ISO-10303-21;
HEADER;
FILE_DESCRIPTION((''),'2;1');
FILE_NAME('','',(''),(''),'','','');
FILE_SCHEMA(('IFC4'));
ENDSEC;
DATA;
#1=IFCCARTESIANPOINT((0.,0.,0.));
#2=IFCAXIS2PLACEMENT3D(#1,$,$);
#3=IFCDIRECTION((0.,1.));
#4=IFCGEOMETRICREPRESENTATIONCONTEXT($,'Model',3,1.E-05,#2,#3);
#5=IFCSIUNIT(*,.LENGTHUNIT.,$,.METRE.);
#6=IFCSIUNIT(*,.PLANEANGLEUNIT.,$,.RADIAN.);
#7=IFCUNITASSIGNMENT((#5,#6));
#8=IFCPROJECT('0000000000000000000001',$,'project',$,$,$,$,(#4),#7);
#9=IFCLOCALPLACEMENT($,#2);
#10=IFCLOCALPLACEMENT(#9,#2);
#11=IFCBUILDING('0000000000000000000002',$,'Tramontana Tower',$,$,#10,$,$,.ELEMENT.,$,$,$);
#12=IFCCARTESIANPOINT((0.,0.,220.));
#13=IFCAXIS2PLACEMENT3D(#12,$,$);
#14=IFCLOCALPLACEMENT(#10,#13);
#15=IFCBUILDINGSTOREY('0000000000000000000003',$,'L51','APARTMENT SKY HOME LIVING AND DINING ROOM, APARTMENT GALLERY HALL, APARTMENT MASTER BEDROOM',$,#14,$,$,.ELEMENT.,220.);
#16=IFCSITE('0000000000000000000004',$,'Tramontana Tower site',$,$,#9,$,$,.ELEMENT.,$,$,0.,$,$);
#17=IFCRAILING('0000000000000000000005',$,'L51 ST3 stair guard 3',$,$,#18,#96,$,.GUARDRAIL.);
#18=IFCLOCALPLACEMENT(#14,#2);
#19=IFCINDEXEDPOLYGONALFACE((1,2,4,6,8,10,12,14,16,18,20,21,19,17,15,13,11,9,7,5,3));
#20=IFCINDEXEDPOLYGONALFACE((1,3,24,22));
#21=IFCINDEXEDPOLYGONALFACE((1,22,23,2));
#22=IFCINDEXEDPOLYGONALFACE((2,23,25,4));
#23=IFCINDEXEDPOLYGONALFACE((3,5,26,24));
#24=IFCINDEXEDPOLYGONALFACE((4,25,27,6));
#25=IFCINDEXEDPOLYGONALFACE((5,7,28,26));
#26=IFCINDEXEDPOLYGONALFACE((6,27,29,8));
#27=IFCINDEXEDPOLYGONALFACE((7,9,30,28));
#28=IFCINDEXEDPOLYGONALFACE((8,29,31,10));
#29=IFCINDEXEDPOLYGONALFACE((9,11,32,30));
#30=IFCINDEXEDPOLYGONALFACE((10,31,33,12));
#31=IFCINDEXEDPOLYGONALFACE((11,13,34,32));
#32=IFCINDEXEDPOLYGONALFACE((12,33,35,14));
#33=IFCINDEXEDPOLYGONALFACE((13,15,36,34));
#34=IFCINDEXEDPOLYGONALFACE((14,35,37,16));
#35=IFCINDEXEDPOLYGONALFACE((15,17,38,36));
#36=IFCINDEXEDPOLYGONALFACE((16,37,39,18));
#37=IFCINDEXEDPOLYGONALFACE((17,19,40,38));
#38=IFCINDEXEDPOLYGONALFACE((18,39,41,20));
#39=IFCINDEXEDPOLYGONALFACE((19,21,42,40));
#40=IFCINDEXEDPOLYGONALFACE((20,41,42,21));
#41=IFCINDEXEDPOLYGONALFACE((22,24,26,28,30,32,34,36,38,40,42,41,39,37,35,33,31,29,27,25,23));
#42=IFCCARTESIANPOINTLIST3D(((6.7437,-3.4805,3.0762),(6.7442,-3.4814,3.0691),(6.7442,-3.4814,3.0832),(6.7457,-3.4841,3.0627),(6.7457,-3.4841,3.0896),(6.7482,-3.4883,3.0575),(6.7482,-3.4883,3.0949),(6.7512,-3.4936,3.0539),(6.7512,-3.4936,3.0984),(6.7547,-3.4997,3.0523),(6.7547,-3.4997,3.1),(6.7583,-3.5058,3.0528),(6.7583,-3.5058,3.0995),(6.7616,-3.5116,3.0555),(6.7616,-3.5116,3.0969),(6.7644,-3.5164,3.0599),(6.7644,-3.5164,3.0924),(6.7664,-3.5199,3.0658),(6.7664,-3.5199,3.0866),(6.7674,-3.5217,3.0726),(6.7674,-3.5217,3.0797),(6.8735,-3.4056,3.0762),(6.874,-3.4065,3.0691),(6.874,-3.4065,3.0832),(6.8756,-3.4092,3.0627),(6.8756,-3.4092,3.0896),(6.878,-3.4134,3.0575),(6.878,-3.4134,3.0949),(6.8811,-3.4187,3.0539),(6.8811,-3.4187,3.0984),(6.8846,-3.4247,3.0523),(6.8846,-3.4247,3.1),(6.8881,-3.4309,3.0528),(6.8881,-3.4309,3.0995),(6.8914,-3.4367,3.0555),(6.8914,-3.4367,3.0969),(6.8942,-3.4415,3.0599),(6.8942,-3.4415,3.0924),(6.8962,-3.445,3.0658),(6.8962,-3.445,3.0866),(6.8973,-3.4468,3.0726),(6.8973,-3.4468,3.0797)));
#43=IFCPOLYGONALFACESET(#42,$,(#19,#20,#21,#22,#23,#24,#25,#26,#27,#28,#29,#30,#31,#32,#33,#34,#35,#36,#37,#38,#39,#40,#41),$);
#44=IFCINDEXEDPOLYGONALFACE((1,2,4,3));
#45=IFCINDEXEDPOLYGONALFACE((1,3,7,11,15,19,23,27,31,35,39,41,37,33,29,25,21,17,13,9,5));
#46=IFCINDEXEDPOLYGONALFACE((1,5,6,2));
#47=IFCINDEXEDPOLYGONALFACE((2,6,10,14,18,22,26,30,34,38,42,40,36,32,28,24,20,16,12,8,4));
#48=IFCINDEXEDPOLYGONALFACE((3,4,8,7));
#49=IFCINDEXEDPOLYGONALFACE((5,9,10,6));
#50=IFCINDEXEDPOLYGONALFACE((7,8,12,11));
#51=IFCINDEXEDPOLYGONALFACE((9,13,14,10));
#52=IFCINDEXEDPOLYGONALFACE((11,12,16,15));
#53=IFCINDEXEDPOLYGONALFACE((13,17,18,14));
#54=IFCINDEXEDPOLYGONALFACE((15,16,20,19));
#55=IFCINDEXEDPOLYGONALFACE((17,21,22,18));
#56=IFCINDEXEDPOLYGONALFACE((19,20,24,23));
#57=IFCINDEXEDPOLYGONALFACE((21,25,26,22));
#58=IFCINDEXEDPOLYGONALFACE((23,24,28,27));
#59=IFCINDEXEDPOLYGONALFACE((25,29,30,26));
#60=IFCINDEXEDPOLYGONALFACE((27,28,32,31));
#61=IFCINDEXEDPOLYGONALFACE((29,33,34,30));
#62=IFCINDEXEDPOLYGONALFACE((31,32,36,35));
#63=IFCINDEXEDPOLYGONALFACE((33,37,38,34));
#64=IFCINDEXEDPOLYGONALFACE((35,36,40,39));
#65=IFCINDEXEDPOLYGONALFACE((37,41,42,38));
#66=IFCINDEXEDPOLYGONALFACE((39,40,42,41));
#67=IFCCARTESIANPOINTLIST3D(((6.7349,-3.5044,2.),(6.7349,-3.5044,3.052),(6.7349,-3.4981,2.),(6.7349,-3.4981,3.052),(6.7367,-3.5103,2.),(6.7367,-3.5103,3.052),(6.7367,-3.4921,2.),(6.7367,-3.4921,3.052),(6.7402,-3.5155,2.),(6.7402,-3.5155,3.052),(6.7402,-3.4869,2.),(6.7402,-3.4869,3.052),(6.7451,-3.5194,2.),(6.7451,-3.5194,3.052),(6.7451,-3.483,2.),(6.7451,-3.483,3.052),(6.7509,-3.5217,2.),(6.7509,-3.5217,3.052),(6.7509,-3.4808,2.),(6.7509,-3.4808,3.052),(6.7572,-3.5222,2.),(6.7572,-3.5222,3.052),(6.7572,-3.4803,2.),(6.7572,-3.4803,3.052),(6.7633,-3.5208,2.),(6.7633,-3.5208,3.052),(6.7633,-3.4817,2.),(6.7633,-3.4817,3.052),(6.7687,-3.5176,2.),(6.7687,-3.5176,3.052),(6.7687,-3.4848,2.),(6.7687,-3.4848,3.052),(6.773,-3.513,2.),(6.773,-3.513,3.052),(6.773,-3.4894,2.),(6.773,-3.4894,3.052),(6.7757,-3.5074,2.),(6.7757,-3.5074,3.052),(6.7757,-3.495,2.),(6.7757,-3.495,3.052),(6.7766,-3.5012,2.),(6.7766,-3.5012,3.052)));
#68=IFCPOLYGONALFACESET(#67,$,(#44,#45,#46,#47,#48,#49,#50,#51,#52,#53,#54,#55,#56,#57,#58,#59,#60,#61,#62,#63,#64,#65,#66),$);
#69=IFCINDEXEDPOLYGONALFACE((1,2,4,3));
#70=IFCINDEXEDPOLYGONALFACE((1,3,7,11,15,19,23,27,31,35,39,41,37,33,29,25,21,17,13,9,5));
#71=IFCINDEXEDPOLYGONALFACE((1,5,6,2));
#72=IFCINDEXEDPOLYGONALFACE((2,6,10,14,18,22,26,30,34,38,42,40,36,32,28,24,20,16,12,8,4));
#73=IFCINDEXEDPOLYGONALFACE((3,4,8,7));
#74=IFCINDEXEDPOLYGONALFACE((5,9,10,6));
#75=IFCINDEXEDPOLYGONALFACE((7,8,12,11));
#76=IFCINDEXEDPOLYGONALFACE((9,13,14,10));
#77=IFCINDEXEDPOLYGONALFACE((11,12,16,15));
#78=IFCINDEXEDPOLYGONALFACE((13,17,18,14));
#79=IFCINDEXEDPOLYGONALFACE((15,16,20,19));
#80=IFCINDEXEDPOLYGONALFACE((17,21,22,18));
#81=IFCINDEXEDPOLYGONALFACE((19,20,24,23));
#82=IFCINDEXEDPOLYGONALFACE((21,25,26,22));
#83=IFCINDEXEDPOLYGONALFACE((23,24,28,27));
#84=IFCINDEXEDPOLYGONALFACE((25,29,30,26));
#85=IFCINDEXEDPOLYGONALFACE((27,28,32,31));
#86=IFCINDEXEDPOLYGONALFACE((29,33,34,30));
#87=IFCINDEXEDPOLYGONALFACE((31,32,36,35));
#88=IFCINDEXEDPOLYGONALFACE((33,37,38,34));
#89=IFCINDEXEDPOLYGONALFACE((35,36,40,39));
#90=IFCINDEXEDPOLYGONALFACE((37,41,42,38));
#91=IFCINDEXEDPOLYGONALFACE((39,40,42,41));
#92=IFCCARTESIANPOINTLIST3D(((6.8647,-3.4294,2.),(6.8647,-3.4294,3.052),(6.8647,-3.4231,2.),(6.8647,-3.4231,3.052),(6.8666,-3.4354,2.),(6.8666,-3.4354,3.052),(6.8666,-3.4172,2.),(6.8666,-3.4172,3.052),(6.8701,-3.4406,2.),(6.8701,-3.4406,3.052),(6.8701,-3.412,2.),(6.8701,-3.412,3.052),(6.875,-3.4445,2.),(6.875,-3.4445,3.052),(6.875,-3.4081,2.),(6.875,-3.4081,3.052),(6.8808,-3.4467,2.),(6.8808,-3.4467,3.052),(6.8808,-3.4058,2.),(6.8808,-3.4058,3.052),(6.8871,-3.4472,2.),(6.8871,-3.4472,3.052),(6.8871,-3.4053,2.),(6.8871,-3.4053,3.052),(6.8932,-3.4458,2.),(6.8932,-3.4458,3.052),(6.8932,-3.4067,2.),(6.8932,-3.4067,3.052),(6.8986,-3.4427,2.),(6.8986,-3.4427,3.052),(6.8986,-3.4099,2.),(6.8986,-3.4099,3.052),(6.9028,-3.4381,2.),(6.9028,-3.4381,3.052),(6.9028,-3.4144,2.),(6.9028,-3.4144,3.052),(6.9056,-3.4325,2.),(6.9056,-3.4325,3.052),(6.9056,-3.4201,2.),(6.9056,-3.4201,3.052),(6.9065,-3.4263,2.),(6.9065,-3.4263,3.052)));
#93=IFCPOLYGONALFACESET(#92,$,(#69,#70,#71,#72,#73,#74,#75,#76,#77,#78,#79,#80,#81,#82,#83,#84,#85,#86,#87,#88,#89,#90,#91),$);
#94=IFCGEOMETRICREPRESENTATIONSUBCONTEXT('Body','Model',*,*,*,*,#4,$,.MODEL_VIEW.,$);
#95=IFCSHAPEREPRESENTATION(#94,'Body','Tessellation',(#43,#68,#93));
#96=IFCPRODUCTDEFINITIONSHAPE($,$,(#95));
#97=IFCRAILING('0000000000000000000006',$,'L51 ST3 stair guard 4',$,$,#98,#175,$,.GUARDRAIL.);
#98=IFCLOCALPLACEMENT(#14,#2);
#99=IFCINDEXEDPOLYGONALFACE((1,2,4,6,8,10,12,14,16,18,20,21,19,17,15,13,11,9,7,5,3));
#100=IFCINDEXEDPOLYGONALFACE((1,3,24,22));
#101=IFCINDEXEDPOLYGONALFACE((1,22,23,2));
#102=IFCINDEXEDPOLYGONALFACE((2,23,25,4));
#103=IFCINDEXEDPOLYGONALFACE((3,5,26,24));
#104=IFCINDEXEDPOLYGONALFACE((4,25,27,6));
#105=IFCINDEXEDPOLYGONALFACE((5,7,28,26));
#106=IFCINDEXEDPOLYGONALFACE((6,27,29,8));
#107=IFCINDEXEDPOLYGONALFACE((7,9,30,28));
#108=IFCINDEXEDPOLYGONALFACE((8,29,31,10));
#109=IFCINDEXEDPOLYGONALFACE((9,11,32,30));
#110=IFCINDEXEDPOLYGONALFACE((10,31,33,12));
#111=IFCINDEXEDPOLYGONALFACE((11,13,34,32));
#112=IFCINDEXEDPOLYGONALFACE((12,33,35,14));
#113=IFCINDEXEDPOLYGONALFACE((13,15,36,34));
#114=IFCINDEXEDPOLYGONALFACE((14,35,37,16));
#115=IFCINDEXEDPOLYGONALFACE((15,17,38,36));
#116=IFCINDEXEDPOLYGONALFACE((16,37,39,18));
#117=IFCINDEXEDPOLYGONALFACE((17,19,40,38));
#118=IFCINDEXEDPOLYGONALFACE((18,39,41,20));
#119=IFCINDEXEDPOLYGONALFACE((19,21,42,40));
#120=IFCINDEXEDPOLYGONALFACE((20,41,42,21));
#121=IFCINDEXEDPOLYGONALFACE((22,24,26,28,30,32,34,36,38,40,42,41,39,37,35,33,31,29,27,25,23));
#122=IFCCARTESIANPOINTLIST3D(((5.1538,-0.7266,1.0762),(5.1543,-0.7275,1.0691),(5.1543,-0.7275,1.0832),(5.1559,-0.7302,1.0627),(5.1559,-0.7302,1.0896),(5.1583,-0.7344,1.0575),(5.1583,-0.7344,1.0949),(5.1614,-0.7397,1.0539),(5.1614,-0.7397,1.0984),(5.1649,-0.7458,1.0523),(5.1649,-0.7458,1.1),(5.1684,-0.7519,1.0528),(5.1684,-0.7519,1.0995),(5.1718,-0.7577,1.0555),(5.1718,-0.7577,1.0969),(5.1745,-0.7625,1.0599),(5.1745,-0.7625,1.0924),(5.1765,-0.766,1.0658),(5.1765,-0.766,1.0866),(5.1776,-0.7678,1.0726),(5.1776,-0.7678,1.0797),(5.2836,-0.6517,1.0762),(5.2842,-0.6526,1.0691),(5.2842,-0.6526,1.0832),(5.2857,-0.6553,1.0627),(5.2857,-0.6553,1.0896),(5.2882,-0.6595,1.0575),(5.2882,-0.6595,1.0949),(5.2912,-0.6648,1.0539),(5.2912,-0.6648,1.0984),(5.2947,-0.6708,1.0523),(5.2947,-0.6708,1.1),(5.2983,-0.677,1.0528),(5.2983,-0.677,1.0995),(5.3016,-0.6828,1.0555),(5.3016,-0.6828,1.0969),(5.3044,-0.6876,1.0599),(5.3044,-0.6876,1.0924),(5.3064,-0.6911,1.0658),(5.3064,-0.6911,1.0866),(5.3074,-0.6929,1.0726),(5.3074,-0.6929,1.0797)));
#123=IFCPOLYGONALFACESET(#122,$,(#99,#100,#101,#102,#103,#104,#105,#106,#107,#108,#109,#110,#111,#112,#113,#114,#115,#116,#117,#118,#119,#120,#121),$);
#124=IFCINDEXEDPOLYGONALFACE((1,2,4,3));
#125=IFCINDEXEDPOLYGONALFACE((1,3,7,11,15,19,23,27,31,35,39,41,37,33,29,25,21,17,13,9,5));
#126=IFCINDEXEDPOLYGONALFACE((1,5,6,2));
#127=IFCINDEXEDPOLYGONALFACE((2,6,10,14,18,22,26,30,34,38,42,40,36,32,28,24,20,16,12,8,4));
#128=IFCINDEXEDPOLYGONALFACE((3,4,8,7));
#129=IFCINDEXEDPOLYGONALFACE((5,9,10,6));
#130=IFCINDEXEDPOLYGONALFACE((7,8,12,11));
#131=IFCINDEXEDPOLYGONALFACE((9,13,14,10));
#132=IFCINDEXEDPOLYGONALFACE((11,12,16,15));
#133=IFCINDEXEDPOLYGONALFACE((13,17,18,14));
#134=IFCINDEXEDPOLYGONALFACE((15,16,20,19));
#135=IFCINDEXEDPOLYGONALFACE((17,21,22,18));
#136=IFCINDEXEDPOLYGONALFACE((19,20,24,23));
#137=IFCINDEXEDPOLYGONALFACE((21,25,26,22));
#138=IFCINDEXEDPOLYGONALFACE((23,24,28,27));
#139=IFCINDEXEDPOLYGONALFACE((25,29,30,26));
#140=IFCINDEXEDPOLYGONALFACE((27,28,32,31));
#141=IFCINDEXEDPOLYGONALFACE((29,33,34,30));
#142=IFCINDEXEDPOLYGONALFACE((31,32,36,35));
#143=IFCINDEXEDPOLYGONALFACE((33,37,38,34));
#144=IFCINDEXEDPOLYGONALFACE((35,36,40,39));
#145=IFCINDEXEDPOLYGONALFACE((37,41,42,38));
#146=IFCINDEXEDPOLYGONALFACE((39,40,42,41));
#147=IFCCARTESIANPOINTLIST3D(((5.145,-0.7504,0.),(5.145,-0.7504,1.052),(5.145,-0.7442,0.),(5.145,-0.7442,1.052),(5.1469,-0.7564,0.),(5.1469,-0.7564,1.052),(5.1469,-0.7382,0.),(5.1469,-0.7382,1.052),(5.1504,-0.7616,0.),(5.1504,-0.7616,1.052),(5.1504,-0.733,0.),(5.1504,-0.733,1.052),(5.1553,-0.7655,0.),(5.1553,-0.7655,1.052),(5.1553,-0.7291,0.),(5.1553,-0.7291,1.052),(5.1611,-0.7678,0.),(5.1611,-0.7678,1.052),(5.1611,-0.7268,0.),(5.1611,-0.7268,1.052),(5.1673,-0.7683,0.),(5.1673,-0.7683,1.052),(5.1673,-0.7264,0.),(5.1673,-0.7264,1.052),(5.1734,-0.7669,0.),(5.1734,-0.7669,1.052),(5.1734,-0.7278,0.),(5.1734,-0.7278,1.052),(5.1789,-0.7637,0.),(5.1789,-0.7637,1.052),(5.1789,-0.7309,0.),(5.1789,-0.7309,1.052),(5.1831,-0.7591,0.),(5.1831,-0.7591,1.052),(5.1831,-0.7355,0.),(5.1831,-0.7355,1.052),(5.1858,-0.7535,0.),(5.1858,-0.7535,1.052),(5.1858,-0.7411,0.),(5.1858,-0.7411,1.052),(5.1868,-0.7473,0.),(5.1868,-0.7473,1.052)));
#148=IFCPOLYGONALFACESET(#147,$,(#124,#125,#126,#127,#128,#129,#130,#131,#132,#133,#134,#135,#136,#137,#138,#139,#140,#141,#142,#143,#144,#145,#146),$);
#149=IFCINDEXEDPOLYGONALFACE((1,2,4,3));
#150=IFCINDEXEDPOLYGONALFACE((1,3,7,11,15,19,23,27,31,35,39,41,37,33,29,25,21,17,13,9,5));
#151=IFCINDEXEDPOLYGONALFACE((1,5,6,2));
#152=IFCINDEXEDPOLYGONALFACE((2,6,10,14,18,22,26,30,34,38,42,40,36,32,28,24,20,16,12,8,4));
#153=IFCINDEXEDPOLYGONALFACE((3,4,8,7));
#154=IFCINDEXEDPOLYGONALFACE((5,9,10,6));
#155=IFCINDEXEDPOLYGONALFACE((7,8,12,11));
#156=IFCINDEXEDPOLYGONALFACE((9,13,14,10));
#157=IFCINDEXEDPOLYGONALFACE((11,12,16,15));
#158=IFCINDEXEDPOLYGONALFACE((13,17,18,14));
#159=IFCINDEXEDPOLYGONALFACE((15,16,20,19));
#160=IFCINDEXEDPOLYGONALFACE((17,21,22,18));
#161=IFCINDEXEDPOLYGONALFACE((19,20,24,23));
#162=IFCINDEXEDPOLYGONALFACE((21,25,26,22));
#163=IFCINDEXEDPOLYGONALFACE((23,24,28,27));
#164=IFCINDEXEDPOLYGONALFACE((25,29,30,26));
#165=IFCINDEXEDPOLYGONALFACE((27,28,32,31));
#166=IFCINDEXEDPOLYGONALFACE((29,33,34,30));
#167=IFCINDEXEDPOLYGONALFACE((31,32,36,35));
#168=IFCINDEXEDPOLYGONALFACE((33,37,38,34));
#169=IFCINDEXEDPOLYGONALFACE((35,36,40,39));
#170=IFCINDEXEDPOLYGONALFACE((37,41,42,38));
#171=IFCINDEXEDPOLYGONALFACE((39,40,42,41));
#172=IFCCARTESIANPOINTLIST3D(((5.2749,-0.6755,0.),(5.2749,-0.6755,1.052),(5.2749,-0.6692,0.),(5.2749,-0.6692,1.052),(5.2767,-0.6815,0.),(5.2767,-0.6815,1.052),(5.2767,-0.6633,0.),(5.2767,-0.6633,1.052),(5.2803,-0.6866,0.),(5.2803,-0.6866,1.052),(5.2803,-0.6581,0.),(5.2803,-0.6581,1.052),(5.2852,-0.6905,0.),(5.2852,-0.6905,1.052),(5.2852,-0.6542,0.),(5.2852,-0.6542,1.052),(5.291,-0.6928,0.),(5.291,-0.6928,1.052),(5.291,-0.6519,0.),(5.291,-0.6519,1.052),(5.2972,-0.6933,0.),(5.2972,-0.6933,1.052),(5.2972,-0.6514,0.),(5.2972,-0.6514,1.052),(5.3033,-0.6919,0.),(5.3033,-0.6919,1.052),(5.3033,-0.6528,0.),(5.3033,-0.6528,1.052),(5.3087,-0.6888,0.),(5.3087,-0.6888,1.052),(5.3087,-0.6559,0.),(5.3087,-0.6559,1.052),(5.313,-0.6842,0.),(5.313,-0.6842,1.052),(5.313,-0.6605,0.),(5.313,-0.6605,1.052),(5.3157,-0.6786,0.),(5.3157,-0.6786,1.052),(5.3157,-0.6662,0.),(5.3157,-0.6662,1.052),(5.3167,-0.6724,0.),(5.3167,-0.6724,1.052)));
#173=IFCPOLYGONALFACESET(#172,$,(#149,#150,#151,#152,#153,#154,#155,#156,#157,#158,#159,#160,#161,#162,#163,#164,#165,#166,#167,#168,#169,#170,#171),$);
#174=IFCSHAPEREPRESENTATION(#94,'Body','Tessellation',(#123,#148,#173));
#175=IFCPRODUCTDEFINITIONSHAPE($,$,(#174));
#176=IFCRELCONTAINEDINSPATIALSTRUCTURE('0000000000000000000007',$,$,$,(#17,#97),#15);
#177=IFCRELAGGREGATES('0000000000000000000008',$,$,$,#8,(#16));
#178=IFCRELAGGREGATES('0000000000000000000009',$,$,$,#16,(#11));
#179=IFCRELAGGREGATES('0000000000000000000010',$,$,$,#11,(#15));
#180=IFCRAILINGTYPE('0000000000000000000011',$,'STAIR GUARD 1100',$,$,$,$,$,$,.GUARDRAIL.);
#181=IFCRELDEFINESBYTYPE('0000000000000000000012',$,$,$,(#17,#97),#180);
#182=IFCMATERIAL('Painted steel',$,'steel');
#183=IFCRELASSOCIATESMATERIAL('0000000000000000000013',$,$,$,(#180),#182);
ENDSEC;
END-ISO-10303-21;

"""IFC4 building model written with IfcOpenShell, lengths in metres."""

from ifc_helpers import new_model, si_unit, direction, frame, origin, origin_2d, place, context, subcontext, project, spatial, circle, extrude, material, type_object, element, save


model = new_model("IFC4")

# Units and contexts
model_context = context("Model", 3, precision=1e-05, world=origin(), true_north=direction((0.0, 1.0)))
body_context = subcontext(model_context, "Body", "Model", "MODEL_VIEW")
ifc_project = project(units=[si_unit("LENGTHUNIT", "METRE"), si_unit("PLANEANGLEUNIT", "RADIAN")], contexts=[model_context])

# Site, building, storey
site_placement = place(None, origin())
site = spatial("IfcSite", under=ifc_project, at=site_placement, Name="Tramontana Tower site", CompositionType="ELEMENT", RefElevation=0.0)
building_placement = place(site_placement, origin())
building = spatial("IfcBuilding", under=site, at=building_placement, Name="Tramontana Tower", CompositionType="ELEMENT")
storey_placement = place(building_placement, frame((0.0, 0.0, 220.0)))
storey = spatial("IfcBuildingStorey", under=building, at=storey_placement, Name="L51", Description="APARTMENT SKY HOME LIVING AND DINING ROOM, APARTMENT GALLERY HALL, APARTMENT MASTER BEDROOM", CompositionType="ELEMENT", Elevation=220.0)

# Railings
ifc_material_1 = material(Name="Painted steel", Category="steel")
railing_type_1 = type_object("IfcRailingType", Name="STAIR GUARD 1100", PredefinedType="GUARDRAIL", material=ifc_material_1)
for number, where, name in (
    (1, (6.7556, -3.5012, 2.0), "L51 ST3 stair guard 3"),
    (2, (5.1658, -0.7473, 0.0), "L51 ST3 stair guard 4"),
):
    element("IfcRailing", number, at=place(storey_placement, frame(where)), inside=storey, type_object=railing_type_1, Name=name, PredefinedType="GUARDRAIL", context=body_context, shape_type="SweptSolid", body=[
        extrude(circle(Radius=0.0239, at=origin_2d()), frame((0.0, 0.0, 1.0762), z_axis=(0.866131, 0.499816, 0.0), x_axis=(-0.499816, 0.866131, 0.0)), (0.0, 0.0, 1.0), 0.1499),
        extrude(circle(Radius=0.021, at=origin_2d()), origin(), (0.0, 0.0, 1.0), 1.052),
        extrude(circle(Radius=0.021, at=origin_2d()), frame((0.1299, 0.075, 0.0)), (0.0, 0.0, 1.0), 1.052),
    ])

save(model, "model.ifc")
